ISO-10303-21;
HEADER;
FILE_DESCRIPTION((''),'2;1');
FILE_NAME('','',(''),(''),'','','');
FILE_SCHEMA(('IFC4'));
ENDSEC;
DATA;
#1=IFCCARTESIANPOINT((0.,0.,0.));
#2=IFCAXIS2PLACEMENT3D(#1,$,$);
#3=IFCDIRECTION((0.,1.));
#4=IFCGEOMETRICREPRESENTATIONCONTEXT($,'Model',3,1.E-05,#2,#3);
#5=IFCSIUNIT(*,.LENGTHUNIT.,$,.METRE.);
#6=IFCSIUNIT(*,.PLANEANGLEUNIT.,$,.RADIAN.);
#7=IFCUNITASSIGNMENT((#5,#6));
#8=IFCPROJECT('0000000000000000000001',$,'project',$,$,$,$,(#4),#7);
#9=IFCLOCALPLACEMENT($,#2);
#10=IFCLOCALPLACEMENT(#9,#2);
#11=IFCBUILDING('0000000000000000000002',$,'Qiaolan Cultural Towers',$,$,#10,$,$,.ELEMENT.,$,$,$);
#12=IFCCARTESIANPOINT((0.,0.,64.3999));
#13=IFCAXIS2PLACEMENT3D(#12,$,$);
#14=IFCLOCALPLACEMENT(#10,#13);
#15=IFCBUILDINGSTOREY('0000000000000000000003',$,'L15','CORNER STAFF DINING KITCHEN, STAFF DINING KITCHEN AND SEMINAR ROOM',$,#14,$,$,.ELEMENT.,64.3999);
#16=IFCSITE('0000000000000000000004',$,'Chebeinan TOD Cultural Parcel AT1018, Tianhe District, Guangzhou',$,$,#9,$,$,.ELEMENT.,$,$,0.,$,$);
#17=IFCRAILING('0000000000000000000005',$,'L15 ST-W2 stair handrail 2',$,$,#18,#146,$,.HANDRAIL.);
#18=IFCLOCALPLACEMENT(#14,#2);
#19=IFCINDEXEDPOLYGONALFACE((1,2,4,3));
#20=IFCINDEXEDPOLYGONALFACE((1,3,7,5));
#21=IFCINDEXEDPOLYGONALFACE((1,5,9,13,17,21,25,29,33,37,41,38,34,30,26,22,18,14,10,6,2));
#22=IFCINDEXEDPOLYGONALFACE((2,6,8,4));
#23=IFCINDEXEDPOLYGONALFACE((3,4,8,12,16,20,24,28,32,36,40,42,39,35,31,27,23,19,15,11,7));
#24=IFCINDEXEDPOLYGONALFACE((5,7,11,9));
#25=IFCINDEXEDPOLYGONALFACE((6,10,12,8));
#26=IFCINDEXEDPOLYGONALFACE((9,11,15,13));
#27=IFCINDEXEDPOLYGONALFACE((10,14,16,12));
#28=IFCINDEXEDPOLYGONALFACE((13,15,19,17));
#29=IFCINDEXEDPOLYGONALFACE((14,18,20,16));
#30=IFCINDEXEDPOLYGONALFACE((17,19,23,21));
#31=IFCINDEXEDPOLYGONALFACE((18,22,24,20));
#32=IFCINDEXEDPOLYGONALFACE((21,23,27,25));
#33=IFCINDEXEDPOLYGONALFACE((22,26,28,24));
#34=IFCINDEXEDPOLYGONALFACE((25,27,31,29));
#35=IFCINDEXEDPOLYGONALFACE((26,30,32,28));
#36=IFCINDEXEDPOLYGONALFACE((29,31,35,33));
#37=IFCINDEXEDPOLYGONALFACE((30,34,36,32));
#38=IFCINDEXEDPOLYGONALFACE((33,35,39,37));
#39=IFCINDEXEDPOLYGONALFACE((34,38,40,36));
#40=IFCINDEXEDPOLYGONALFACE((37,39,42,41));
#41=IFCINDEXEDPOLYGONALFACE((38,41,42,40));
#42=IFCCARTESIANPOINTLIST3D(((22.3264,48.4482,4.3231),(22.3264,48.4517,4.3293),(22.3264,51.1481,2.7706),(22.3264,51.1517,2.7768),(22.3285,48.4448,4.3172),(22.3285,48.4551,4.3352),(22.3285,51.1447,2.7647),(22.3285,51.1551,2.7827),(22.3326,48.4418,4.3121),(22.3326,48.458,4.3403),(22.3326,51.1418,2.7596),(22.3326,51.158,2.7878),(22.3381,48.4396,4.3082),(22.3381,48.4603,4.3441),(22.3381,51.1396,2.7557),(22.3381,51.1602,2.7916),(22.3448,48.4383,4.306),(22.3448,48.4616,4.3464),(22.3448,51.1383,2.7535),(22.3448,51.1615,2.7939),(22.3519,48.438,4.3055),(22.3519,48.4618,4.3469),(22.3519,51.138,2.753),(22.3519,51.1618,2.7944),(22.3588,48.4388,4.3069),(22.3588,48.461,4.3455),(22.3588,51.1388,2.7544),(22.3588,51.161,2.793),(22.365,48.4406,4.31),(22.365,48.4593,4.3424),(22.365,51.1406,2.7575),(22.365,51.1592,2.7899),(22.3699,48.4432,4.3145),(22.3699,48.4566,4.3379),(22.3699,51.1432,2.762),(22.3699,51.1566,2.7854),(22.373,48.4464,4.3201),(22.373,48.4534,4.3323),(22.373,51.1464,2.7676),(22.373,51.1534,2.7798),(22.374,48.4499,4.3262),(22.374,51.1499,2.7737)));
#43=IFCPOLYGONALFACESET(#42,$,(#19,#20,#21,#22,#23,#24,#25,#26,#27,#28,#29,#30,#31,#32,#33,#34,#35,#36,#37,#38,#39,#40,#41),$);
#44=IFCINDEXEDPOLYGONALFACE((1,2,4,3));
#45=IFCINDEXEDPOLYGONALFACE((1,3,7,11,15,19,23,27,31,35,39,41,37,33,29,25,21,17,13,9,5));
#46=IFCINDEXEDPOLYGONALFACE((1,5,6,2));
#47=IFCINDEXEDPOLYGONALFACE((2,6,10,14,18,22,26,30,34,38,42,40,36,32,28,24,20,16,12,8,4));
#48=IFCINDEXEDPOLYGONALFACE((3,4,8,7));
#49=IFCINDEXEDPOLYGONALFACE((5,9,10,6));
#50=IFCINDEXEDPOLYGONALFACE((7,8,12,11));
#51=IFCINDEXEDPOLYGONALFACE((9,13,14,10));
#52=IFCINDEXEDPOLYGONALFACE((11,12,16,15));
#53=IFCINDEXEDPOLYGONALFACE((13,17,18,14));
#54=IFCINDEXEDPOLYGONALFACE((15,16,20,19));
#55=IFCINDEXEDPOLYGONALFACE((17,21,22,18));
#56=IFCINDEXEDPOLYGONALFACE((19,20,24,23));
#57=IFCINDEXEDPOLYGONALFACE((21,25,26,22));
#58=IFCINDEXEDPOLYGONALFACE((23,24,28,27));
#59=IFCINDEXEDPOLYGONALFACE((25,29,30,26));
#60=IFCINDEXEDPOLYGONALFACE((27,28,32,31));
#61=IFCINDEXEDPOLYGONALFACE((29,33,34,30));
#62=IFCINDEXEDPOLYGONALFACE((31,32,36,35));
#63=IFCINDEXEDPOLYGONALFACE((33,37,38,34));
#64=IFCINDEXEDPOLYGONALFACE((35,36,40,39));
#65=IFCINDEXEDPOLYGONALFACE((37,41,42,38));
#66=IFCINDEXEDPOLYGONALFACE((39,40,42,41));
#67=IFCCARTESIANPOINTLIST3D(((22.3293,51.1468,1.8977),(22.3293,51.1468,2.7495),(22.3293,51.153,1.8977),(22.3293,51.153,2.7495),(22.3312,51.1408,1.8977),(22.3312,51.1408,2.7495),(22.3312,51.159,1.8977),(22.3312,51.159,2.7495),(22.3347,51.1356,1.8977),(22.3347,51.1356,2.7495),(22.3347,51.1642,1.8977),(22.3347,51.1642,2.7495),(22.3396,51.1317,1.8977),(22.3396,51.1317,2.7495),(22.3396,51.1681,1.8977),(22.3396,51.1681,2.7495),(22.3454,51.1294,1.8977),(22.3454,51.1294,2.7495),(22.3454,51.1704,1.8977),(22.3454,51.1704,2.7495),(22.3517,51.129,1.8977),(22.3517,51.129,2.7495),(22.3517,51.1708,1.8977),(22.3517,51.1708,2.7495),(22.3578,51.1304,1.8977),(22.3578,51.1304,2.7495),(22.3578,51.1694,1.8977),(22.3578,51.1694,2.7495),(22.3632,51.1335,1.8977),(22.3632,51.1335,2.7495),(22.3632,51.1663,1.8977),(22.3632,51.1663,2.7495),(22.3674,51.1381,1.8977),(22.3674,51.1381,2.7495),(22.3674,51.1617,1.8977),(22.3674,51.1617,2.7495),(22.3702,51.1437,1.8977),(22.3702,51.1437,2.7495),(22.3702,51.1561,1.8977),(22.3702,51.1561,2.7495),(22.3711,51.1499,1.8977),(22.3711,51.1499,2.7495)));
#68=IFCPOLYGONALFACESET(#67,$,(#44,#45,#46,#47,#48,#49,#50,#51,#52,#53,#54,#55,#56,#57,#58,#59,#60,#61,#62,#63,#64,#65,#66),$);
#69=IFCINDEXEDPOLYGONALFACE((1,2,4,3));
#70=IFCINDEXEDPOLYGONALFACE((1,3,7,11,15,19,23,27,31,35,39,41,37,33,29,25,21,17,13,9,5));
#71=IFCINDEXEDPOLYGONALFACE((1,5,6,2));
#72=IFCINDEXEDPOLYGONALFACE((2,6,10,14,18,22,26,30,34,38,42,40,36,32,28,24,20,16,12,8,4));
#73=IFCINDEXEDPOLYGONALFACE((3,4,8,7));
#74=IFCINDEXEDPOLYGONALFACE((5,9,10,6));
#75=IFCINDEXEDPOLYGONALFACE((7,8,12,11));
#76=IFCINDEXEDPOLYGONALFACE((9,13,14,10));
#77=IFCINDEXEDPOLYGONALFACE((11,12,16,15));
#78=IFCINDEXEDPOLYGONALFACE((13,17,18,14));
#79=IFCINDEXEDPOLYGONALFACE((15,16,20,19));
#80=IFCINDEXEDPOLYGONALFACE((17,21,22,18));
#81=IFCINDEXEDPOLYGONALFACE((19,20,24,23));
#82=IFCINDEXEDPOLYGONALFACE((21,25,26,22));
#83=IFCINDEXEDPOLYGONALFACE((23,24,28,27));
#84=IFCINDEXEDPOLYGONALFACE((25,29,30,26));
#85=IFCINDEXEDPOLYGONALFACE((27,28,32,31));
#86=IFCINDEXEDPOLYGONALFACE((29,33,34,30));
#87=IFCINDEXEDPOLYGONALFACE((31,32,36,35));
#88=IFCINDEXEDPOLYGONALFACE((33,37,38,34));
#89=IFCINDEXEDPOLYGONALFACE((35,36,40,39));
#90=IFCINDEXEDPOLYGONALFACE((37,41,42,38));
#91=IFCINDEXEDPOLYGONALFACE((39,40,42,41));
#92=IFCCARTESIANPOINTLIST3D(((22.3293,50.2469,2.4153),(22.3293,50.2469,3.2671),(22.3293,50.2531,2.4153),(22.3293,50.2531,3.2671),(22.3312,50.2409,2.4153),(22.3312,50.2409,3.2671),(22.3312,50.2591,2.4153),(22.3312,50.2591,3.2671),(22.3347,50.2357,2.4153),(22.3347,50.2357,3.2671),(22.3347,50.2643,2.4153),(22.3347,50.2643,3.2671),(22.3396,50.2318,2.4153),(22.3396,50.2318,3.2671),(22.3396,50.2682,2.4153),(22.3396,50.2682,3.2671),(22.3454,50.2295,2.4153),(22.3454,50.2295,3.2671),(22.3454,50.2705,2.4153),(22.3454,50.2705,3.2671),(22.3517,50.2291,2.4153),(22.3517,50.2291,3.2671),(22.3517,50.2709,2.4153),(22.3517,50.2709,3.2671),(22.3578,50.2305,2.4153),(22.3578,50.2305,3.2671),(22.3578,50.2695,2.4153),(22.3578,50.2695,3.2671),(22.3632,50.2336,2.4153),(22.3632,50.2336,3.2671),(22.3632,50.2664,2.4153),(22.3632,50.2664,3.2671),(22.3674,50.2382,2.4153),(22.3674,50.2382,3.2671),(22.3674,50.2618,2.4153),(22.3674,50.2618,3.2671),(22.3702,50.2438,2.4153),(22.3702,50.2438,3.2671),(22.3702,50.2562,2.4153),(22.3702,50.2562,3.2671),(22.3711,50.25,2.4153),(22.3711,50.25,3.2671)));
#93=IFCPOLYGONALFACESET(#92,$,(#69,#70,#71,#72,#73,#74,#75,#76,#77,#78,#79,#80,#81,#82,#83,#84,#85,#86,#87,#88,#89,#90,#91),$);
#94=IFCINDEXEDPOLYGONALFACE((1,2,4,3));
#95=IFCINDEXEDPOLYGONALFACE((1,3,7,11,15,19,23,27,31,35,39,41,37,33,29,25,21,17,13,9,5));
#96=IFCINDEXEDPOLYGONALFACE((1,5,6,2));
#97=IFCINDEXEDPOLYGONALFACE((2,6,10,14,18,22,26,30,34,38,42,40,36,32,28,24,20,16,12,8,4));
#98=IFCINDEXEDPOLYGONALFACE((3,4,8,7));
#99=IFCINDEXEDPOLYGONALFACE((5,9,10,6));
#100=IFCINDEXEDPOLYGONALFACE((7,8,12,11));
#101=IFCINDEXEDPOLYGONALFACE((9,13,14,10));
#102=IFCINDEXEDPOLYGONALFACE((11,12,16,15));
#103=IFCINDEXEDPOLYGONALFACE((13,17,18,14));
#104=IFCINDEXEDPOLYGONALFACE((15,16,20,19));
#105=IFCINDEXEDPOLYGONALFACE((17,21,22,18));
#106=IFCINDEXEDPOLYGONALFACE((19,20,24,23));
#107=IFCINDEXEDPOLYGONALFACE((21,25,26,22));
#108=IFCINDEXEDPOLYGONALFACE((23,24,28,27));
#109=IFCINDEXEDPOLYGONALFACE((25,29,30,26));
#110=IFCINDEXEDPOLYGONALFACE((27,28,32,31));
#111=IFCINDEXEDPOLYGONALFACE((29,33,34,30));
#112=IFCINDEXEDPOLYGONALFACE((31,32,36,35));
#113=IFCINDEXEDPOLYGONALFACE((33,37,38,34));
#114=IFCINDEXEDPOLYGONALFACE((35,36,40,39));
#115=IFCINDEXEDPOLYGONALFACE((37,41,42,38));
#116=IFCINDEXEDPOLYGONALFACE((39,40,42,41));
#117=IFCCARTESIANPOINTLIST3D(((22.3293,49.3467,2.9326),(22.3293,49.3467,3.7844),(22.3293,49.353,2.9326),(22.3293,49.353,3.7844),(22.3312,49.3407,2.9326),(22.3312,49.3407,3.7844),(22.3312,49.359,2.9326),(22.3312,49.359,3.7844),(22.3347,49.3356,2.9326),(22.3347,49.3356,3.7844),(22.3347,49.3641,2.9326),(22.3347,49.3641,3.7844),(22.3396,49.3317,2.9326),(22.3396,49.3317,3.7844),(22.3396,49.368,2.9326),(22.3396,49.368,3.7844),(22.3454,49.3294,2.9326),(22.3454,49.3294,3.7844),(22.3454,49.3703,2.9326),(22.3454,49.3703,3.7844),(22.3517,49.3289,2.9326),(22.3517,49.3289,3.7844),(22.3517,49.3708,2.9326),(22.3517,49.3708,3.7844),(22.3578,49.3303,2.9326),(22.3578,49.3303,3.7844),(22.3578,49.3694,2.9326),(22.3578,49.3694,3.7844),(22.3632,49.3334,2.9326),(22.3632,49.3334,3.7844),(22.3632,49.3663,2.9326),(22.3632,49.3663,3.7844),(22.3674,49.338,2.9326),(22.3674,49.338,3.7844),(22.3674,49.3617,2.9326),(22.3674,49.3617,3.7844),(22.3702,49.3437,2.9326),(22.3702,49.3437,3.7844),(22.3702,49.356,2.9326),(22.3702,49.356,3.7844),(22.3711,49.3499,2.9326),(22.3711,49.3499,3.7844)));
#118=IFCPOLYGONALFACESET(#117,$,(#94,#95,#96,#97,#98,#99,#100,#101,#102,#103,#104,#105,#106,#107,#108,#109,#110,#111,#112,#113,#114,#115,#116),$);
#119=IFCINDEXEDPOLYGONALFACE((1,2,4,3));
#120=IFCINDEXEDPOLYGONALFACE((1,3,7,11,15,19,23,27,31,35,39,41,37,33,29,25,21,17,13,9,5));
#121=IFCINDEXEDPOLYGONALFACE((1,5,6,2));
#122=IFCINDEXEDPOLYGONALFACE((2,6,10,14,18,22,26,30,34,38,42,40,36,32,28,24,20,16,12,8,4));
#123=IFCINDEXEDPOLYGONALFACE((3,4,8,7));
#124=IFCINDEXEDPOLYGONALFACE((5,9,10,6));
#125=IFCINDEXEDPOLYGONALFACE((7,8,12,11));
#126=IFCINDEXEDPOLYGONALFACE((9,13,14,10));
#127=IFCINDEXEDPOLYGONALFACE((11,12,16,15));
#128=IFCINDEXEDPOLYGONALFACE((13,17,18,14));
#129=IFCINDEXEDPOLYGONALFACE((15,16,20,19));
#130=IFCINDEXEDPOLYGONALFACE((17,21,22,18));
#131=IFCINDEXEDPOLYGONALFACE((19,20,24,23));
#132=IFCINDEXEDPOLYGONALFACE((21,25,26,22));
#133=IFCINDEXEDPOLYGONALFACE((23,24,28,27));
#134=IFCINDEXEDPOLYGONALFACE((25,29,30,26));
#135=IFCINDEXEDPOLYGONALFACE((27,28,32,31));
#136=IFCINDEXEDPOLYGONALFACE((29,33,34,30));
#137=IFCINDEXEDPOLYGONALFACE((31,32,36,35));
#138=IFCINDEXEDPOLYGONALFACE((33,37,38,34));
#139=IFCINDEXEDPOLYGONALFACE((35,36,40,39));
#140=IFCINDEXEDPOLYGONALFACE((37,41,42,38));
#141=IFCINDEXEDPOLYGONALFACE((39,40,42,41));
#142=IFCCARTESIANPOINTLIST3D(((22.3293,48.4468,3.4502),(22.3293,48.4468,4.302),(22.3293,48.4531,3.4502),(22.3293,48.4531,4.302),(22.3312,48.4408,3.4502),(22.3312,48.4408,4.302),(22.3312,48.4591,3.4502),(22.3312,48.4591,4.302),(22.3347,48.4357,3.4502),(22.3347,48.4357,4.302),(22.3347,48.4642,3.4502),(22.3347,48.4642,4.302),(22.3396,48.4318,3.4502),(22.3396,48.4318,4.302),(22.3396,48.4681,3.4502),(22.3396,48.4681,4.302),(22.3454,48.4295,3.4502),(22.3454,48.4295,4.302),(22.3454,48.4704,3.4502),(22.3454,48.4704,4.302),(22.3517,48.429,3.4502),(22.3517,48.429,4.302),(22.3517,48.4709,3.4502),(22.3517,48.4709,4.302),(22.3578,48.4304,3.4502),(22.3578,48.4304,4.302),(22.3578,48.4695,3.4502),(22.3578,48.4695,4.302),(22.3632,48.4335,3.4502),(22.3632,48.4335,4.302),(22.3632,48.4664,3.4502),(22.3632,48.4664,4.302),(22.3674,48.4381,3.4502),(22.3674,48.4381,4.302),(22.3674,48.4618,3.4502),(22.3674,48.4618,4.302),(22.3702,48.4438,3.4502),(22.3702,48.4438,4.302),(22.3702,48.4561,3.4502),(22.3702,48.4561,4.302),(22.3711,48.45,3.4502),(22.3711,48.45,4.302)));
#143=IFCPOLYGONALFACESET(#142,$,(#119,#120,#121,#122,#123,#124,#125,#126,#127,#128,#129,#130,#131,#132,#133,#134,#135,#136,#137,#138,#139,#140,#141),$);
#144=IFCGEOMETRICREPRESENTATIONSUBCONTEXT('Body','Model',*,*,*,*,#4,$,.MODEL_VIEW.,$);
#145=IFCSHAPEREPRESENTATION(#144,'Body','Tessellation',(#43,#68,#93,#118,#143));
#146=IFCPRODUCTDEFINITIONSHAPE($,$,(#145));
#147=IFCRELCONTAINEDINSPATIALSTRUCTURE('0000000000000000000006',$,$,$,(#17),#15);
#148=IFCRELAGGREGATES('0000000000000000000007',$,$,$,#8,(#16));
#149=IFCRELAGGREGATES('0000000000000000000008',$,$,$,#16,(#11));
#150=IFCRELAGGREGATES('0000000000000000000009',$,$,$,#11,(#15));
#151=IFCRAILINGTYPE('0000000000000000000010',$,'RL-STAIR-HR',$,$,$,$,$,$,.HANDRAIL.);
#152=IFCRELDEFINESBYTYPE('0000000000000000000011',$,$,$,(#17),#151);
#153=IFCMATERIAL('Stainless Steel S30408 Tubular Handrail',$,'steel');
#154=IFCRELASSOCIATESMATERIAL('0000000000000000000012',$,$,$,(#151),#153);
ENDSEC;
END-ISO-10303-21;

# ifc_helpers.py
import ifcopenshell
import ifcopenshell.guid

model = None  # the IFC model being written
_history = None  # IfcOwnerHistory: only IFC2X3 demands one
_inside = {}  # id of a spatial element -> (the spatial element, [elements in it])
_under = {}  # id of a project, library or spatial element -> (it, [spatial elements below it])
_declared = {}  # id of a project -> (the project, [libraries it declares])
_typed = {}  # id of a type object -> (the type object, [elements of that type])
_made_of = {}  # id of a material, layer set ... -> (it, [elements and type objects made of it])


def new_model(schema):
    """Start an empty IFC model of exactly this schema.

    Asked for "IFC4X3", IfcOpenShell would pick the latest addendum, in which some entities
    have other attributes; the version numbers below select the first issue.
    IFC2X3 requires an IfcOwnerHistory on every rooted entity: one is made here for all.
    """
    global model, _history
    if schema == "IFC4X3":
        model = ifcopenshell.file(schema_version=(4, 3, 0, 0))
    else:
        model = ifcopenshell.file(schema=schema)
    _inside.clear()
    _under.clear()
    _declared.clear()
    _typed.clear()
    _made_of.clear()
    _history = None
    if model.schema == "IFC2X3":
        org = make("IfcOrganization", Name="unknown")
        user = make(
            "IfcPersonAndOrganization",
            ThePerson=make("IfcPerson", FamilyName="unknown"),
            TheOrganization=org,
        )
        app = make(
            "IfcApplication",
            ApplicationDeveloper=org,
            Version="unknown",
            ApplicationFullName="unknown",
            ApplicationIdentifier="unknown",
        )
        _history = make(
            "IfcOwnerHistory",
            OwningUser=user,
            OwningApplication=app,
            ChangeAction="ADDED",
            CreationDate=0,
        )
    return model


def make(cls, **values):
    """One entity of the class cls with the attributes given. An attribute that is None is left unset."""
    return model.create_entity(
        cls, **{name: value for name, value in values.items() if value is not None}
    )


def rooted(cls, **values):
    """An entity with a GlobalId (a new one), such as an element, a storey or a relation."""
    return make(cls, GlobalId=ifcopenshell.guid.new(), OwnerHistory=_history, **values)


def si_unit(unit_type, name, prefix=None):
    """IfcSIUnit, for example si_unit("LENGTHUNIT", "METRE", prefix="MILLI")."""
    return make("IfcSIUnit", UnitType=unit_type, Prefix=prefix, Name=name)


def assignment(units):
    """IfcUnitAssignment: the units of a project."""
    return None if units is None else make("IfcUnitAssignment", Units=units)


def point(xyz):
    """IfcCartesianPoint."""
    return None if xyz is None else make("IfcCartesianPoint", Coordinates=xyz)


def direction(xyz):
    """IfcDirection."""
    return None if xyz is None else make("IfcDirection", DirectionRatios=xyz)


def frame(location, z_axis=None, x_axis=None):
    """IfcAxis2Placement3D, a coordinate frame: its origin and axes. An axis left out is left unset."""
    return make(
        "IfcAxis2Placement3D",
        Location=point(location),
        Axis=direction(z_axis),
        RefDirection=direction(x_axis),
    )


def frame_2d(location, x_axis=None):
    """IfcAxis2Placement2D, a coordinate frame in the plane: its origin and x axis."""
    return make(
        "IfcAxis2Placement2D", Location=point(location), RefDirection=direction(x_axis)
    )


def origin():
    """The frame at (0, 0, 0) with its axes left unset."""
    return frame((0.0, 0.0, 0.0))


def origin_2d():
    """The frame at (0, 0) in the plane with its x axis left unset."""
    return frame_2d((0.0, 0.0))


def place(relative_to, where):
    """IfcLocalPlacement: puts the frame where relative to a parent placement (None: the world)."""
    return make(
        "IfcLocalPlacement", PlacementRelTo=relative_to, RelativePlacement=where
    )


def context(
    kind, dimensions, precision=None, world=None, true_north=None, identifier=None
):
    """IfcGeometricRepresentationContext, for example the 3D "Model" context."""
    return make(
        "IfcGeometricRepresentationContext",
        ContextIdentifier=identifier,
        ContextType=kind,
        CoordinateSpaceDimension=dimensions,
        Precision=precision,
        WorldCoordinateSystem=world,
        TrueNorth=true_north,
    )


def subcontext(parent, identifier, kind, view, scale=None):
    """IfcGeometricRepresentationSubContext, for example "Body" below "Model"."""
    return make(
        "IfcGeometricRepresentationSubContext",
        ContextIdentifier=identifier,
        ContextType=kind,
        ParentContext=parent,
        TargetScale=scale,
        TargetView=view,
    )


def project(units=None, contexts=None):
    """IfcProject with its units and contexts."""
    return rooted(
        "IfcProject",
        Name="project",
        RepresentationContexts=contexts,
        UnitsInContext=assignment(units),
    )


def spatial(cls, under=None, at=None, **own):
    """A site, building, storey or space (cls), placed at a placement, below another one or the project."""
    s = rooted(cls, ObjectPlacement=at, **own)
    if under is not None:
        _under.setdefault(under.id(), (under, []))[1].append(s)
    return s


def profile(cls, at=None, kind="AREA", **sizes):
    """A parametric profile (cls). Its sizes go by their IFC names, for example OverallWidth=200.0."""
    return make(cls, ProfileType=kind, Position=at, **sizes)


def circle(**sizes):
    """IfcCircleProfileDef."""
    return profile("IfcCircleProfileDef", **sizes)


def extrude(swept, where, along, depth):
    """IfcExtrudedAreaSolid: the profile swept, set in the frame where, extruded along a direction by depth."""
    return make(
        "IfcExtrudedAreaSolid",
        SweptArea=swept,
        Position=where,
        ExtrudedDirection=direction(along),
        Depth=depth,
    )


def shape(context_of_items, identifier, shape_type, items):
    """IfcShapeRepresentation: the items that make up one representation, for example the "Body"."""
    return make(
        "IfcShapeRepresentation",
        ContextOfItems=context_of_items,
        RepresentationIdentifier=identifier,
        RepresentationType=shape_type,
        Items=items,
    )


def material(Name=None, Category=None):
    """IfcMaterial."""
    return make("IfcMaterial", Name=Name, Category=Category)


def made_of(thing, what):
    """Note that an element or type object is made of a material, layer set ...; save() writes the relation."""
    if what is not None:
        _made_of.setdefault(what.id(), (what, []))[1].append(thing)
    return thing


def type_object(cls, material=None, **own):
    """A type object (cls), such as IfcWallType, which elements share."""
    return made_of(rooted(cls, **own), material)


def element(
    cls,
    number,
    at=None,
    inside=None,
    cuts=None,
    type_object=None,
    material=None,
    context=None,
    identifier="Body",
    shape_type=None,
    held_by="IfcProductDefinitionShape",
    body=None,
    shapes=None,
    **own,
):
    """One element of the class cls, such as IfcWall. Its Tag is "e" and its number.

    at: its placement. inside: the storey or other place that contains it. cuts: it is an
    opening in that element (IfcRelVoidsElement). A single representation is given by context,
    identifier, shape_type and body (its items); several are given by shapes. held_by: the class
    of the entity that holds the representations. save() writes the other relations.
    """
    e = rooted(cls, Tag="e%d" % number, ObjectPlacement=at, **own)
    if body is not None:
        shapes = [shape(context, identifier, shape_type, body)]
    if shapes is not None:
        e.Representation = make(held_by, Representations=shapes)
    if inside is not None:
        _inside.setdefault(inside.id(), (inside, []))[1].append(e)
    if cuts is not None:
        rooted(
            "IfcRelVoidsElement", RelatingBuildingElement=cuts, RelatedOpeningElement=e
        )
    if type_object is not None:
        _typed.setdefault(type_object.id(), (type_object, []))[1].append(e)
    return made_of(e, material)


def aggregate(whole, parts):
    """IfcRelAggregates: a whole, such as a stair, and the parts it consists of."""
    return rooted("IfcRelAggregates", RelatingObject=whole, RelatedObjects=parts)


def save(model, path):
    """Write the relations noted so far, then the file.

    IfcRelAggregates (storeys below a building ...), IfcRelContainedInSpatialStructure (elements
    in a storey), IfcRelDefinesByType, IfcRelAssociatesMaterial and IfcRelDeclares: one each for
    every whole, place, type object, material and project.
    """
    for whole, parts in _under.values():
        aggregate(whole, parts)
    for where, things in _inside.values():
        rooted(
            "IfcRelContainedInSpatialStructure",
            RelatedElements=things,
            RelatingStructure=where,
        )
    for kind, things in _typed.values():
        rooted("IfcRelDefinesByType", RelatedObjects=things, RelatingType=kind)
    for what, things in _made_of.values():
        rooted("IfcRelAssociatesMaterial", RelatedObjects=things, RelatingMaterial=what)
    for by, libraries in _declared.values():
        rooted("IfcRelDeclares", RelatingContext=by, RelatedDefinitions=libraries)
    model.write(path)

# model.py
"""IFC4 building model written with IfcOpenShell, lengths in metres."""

from ifc_helpers import new_model, si_unit, direction, frame, origin, origin_2d, place, context, subcontext, project, spatial, circle, extrude, material, type_object, element, save


model = new_model("IFC4")

# Units and contexts
model_context = context("Model", 3, precision=1e-05, world=origin(), true_north=direction((0.0, 1.0)))
body_context = subcontext(model_context, "Body", "Model", "MODEL_VIEW")
ifc_project = project(units=[si_unit("LENGTHUNIT", "METRE"), si_unit("PLANEANGLEUNIT", "RADIAN")], contexts=[model_context])

# Site, building, storey
site_placement = place(None, origin())
site = spatial("IfcSite", under=ifc_project, at=site_placement, Name="Chebeinan TOD Cultural Parcel AT1018, Tianhe District, Guangzhou", CompositionType="ELEMENT", RefElevation=0.0)
building_placement = place(site_placement, origin())
building = spatial("IfcBuilding", under=site, at=building_placement, Name="Qiaolan Cultural Towers", CompositionType="ELEMENT")
storey_placement = place(building_placement, frame((0.0, 0.0, 64.3999)))
storey = spatial("IfcBuildingStorey", under=building, at=storey_placement, Name="L15", Description="CORNER STAFF DINING KITCHEN, STAFF DINING KITCHEN AND SEMINAR ROOM", CompositionType="ELEMENT", Elevation=64.3999)

# Railing
ifc_material_1 = material(Name="Stainless Steel S30408 Tubular Handrail", Category="steel")
railing_type_1 = type_object("IfcRailingType", Name="RL-STAIR-HR", PredefinedType="HANDRAIL", material=ifc_material_1)
railing_1_placement = place(storey_placement, frame((22.3501, 51.1499, 1.8977)))
element("IfcRailing", 1, at=railing_1_placement, inside=storey, type_object=railing_type_1, Name="L15 ST-W2 stair handrail 2", PredefinedType="HANDRAIL", context=body_context, shape_type="SweptSolid", body=[
    extrude(circle(Radius=0.0239, at=origin_2d()), frame((0.0, 0.0, 0.876), z_axis=(0.0, -0.866904, 0.498476), x_axis=(1.0, 0.0, 0.0)), (0.0, 0.0, 1.0), 3.1145),
    extrude(circle(Radius=0.021, at=origin_2d()), origin(), (0.0, 0.0, 1.0), 0.8518),
    extrude(circle(Radius=0.021, at=origin_2d()), frame((0.0, -0.8999, 0.5176)), (0.0, 0.0, 1.0), 0.8518),
    extrude(circle(Radius=0.021, at=origin_2d()), frame((0.0, -1.8, 1.0349)), (0.0, 0.0, 1.0), 0.8518),
    extrude(circle(Radius=0.021, at=origin_2d()), frame((0.0, -2.7, 1.5525)), (0.0, 0.0, 1.0), 0.8518),
])

save(model, "model.ifc")
